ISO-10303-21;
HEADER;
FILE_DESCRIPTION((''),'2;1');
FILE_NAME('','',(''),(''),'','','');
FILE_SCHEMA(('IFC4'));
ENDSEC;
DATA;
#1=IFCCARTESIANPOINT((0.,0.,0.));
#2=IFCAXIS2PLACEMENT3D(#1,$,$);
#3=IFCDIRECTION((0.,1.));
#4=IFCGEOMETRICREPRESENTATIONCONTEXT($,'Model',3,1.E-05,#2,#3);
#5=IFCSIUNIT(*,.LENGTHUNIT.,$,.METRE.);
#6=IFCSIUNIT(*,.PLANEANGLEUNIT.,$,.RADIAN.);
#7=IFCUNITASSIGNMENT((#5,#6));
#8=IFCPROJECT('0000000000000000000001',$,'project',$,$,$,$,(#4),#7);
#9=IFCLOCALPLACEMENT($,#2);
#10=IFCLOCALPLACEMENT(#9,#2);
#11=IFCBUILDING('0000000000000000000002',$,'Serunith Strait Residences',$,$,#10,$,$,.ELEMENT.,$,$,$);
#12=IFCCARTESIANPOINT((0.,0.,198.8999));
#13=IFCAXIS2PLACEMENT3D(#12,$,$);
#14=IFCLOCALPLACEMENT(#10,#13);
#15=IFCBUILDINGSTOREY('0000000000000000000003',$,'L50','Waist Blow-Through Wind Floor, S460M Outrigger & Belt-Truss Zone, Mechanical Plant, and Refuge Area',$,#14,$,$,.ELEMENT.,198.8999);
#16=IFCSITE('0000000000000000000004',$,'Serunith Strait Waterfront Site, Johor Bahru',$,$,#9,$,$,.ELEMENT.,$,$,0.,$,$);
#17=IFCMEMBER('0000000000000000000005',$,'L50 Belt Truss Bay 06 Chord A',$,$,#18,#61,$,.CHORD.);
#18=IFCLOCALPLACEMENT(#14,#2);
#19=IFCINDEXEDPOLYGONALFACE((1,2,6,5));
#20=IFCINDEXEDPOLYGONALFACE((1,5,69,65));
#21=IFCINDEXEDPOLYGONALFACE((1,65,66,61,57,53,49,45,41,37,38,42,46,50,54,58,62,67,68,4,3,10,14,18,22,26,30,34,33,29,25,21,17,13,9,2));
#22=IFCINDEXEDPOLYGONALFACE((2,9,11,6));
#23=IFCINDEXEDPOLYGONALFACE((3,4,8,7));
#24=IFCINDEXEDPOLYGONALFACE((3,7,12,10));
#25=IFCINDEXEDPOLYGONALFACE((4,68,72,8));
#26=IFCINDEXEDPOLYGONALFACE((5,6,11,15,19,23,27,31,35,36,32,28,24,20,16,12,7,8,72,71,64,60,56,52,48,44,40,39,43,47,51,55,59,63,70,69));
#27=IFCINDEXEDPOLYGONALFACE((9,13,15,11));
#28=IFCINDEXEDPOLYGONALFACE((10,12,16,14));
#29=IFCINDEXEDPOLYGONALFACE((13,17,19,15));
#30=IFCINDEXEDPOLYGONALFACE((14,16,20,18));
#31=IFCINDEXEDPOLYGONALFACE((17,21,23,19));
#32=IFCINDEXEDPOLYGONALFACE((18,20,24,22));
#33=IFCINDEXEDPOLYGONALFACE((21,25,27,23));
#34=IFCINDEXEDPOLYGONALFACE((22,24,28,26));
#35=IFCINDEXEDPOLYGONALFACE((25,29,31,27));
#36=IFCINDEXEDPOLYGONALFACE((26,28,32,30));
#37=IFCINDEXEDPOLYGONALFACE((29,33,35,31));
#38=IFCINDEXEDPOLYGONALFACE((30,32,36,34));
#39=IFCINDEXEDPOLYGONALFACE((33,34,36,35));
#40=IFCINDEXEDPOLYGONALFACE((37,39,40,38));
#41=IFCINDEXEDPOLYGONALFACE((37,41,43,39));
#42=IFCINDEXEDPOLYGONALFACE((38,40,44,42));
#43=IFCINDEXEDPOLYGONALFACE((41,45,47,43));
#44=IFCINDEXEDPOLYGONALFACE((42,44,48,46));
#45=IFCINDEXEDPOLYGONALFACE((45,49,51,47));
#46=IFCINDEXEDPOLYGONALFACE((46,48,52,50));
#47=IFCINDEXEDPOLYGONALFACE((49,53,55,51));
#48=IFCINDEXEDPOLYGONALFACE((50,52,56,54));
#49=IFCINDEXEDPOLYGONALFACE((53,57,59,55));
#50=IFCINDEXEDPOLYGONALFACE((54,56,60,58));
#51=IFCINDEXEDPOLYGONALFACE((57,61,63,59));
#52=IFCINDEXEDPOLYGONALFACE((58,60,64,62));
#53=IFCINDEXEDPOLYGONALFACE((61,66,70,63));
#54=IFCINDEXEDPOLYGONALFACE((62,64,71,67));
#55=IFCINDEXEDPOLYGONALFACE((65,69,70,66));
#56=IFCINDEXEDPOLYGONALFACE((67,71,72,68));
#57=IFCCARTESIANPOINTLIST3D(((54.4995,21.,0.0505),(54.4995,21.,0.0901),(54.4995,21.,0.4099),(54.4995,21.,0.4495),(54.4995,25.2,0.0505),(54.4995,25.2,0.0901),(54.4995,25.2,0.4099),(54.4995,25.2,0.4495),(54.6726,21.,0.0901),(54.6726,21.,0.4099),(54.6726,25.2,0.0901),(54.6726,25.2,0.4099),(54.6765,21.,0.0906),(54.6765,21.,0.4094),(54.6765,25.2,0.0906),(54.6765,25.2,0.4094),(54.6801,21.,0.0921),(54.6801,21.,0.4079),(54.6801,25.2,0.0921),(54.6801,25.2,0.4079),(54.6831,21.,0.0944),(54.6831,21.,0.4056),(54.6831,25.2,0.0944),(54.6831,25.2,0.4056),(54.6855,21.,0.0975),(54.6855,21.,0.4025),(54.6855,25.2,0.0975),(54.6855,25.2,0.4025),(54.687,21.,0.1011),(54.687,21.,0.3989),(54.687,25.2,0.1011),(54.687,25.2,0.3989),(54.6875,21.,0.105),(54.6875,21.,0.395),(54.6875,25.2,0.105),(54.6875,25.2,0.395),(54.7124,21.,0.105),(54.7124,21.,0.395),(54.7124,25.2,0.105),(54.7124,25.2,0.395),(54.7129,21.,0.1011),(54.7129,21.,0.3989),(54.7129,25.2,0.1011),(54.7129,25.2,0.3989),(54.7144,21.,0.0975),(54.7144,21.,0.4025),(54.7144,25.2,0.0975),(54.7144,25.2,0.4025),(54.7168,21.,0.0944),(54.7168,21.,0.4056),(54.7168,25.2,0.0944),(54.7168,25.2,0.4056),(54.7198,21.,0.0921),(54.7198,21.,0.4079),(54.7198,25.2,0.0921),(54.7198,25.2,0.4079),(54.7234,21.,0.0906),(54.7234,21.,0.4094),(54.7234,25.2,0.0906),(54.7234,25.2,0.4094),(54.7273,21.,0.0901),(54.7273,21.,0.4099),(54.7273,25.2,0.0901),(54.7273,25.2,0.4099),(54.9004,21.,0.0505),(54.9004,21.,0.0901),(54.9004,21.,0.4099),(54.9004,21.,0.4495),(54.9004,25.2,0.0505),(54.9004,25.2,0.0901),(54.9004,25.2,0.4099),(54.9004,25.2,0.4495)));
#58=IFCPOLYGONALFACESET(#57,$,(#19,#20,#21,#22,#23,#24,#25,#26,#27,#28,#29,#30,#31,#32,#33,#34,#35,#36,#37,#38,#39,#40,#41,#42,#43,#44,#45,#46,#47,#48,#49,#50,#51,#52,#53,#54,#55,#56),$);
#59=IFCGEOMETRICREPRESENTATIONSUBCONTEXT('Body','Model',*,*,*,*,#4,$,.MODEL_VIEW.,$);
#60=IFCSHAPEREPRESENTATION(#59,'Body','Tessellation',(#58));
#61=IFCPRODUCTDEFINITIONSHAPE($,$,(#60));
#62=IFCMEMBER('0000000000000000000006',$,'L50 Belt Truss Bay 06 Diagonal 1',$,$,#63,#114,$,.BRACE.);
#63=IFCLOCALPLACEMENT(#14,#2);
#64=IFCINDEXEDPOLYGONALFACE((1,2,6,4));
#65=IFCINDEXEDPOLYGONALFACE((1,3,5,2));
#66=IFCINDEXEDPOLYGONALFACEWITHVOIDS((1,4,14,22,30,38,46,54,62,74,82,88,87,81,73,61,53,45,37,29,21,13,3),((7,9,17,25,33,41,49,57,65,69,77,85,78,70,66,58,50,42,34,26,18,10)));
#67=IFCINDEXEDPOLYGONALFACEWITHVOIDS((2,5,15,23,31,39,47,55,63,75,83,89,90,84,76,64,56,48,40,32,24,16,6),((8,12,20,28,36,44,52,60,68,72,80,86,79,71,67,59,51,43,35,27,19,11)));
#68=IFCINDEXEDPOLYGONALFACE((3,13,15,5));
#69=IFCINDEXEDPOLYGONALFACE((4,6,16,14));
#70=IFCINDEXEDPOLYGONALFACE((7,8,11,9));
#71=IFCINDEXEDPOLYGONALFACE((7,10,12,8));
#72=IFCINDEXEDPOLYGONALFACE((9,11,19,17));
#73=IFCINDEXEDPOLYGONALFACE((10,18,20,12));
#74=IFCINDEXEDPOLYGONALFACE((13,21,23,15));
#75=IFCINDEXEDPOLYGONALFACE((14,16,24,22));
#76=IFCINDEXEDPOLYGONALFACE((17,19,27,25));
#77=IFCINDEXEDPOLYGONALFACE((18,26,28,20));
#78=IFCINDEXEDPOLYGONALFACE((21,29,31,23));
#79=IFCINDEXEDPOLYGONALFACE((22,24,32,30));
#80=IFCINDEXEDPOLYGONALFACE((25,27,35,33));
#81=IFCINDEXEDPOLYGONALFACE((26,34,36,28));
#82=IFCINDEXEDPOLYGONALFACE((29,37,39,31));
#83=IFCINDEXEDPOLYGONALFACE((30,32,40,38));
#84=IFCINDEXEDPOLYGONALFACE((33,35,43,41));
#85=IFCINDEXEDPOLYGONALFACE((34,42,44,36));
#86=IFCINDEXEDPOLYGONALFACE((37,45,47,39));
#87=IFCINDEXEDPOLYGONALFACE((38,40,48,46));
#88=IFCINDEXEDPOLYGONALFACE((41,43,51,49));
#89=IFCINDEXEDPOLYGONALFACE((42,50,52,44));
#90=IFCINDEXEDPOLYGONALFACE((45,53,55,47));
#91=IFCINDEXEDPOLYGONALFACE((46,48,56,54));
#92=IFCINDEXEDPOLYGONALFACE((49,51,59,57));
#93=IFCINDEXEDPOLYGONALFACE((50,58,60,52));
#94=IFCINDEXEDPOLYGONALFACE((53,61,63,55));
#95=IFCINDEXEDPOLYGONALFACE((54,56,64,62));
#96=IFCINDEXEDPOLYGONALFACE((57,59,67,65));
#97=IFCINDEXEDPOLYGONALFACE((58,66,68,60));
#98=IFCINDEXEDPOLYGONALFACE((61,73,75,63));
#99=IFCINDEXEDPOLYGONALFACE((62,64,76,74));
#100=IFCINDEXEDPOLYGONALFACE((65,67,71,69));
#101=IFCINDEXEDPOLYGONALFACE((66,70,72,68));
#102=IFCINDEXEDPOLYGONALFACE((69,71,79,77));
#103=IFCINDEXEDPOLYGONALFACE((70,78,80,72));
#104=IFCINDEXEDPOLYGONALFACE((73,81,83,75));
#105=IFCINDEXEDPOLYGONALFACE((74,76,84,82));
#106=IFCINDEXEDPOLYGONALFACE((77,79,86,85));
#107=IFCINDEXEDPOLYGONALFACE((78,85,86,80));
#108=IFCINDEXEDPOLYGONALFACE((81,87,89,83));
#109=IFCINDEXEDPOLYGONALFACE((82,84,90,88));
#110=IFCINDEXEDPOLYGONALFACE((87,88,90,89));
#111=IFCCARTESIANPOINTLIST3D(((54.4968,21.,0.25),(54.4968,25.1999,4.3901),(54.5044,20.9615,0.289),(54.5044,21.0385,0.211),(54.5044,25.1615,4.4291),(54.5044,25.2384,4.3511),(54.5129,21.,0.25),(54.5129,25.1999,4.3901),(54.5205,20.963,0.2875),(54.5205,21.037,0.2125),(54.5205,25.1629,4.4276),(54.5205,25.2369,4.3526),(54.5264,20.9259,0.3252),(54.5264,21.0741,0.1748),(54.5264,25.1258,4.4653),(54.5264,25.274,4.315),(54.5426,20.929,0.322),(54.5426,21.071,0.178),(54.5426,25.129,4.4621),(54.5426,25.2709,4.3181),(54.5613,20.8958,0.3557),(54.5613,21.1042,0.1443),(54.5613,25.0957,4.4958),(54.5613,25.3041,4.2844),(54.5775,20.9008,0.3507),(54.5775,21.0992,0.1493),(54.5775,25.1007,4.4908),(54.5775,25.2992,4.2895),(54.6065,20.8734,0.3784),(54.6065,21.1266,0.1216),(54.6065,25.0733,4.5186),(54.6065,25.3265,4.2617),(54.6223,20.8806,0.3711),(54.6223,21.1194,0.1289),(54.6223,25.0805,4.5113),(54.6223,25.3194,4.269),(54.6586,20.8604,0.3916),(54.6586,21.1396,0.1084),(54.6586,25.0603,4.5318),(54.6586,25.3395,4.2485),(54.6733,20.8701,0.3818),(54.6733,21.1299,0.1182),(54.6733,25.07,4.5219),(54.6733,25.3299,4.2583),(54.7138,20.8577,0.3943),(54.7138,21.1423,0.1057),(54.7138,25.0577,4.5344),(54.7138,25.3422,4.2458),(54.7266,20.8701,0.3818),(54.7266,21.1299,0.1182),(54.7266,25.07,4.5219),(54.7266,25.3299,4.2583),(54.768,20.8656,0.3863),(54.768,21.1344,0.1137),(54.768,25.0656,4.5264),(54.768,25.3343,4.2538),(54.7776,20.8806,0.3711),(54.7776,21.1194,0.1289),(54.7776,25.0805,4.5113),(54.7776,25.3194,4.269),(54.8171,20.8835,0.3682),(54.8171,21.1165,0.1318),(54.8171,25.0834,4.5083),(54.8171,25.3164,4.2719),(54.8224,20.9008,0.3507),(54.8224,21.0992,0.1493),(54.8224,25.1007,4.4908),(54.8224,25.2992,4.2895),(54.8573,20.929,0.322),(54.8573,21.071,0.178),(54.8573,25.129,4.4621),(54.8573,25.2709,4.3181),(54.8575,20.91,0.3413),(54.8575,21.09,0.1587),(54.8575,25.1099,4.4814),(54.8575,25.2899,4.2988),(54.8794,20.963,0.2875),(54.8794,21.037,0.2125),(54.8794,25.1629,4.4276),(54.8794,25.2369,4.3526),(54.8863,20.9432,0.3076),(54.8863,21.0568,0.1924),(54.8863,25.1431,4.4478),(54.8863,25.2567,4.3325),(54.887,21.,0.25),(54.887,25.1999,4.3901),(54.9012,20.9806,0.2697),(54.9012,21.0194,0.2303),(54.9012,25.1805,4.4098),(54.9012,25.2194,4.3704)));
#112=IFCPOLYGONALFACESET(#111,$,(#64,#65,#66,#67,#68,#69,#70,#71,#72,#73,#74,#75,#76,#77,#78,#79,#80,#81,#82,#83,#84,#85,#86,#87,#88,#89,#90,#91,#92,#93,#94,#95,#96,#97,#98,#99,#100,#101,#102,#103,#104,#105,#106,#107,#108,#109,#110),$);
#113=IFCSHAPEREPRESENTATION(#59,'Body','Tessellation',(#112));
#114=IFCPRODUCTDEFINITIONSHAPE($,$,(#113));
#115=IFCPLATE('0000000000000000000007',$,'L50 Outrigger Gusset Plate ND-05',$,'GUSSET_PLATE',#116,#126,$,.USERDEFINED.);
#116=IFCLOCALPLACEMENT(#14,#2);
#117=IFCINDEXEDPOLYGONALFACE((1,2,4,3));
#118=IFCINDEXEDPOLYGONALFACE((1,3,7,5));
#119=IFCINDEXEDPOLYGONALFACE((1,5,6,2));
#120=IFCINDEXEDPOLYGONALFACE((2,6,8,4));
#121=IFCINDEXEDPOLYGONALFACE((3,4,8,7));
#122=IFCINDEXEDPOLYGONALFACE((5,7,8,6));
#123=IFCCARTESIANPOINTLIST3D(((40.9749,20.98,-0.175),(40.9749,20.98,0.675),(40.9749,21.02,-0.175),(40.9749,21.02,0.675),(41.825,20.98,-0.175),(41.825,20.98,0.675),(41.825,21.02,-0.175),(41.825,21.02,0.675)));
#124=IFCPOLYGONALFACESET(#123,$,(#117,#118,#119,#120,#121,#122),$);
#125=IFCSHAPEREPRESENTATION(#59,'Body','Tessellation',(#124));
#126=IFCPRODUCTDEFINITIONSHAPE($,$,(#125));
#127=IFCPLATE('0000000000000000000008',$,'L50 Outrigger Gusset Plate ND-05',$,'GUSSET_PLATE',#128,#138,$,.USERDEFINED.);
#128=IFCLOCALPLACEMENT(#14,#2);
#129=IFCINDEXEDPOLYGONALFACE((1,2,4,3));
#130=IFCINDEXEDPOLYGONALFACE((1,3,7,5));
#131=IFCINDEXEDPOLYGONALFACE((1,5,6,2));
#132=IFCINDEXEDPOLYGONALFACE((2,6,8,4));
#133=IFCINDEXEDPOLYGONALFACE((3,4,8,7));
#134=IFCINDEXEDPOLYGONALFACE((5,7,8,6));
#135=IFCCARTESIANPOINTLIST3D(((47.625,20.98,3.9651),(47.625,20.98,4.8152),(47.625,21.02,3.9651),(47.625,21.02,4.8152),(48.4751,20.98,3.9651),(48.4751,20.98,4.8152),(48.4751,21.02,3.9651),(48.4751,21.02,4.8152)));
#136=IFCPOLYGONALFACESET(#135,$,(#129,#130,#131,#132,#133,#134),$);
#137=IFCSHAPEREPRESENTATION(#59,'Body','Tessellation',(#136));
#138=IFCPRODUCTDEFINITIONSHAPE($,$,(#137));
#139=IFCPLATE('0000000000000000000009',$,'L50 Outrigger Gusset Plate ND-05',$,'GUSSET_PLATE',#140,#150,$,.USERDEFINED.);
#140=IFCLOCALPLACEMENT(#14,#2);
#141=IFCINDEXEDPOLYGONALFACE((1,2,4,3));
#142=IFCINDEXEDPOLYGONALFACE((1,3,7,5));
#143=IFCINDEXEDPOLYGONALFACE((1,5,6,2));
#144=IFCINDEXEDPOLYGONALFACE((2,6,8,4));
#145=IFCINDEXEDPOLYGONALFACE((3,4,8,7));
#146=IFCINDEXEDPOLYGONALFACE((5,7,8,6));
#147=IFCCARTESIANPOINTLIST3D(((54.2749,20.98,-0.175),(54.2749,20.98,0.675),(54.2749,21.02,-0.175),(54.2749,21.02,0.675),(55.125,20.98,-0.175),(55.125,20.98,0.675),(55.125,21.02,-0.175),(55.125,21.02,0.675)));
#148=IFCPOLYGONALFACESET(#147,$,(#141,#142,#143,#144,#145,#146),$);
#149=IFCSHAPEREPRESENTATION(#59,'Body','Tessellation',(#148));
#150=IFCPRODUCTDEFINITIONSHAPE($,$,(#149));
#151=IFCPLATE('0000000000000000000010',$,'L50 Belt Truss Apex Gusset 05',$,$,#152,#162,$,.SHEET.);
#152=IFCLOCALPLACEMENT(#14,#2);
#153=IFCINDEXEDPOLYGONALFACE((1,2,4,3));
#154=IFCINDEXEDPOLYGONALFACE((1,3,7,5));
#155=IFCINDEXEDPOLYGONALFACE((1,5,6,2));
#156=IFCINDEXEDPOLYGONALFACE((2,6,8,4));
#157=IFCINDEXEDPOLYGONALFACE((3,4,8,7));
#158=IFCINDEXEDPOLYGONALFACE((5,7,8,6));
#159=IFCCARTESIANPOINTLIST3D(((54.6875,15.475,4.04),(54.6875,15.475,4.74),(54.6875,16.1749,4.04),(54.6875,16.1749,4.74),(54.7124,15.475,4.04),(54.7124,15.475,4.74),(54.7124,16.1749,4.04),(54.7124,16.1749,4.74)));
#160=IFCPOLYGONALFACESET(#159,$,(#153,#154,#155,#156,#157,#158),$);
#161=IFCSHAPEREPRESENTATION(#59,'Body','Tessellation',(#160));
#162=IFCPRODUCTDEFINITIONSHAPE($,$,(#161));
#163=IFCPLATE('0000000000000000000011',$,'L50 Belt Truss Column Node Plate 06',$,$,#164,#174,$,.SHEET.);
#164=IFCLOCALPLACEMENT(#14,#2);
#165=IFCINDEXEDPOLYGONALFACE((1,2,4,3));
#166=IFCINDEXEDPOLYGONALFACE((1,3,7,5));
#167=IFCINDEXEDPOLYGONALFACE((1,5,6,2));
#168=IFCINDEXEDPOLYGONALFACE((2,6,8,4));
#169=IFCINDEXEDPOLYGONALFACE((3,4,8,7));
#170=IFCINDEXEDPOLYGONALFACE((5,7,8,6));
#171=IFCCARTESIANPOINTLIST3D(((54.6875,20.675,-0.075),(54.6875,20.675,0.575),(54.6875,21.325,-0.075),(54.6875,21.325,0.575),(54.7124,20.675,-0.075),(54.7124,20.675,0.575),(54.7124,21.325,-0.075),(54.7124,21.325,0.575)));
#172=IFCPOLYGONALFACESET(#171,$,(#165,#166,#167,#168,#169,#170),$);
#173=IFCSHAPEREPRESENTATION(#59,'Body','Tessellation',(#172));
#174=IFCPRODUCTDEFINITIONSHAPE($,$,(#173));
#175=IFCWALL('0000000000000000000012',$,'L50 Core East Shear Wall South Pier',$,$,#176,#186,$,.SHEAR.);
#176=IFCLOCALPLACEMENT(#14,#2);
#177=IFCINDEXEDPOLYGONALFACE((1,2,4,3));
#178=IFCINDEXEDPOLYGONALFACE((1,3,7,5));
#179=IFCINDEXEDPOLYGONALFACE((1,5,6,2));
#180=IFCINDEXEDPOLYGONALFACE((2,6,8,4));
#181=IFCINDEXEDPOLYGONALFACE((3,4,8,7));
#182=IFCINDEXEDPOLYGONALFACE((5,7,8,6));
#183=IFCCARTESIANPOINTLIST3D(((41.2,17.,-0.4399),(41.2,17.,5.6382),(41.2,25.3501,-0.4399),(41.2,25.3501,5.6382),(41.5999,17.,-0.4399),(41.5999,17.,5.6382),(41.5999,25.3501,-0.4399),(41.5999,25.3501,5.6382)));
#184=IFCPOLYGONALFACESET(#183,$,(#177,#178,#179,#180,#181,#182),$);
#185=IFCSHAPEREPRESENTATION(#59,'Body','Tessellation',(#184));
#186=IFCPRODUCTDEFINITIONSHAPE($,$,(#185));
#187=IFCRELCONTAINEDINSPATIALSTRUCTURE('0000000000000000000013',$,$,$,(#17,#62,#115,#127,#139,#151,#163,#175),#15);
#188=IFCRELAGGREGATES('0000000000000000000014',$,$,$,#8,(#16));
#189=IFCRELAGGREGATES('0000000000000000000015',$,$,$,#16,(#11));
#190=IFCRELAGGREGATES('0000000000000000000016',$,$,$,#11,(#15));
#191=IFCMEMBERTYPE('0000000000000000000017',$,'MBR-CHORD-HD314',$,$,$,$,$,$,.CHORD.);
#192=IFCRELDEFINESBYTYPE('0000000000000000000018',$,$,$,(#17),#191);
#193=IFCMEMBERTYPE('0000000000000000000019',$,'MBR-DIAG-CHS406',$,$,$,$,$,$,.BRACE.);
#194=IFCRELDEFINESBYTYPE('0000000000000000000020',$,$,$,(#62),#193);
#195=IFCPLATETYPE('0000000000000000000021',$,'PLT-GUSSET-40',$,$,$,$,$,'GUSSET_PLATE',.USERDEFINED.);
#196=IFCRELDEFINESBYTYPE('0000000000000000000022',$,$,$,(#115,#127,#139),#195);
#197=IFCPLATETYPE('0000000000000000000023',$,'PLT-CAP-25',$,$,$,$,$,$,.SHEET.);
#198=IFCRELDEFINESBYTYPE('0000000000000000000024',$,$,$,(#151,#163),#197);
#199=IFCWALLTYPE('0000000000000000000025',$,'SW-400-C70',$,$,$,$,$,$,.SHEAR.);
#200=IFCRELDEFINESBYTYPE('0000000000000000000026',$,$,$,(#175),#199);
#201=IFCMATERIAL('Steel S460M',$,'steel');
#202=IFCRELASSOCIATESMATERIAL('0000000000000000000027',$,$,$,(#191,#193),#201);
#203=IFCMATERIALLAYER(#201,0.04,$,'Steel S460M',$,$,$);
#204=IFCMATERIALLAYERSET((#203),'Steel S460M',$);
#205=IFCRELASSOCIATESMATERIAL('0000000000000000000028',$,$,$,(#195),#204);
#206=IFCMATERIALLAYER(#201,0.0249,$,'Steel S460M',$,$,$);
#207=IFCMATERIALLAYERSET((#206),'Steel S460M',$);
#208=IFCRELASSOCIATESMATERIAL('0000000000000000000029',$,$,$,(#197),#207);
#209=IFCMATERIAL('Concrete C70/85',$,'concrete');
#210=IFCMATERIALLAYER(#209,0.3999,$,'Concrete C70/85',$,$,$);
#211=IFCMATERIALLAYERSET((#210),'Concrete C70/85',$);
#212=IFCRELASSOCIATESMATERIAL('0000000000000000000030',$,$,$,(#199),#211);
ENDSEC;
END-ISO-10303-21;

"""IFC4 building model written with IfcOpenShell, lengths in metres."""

from ifc_helpers import new_model, si_unit, direction, frame, frame_2d, origin, origin_2d, place, context, subcontext, project, spatial, rectangle, hollow_circle, i_section, extrude, source, transform, mapped, material, layer, layer_set, material_profile, profile_set, type_object, element, save


model = new_model("IFC4")

# Units and contexts
model_context = context("Model", 3, precision=1e-05, world=origin(), true_north=direction((0.0, 1.0)))
body_context = subcontext(model_context, "Body", "Model", "MODEL_VIEW")
ifc_project = project(units=[si_unit("LENGTHUNIT", "METRE"), si_unit("PLANEANGLEUNIT", "RADIAN")], contexts=[model_context])

# Site, building, storey
site_placement = place(None, origin())
site = spatial("IfcSite", under=ifc_project, at=site_placement, Name="Serunith Strait Waterfront Site, Johor Bahru", CompositionType="ELEMENT", RefElevation=0.0)
building_placement = place(site_placement, origin())
building = spatial("IfcBuilding", under=site, at=building_placement, Name="Serunith Strait Residences", CompositionType="ELEMENT")
storey_placement = place(building_placement, frame((0.0, 0.0, 198.8999)))
storey = spatial("IfcBuildingStorey", under=building, at=storey_placement, Name="L50", Description="Waist Blow-Through Wind Floor, S460M Outrigger & Belt-Truss Zone, Mechanical Plant, and Refuge Area", CompositionType="ELEMENT", Elevation=198.8999)

# Members
ifc_material_1 = material(Name="Steel S460M", Category="steel")
ifc_material_profile_1 = material_profile(ifc_material_1, i_section(OverallWidth=0.4009, OverallDepth=0.3989, WebThickness=0.0249, FlangeThickness=0.0396, FilletRadius=0.0149, at=origin_2d()), Name="HD 400x314")
ifc_profile_set_1 = profile_set([ifc_material_profile_1], Name="Steel S460M")
member_type_1 = type_object("IfcMemberType", Name="MBR-CHORD-HD314", PredefinedType="CHORD", material=ifc_profile_set_1)
ifc_material_profile_2 = material_profile(ifc_material_1, hollow_circle(Radius=0.2031, WallThickness=0.0161, at=origin_2d()), Name="CHS 406.4x16")
ifc_profile_set_2 = profile_set([ifc_material_profile_2], Name="Steel S460M")
member_type_2 = type_object("IfcMemberType", Name="MBR-DIAG-CHS406", PredefinedType="BRACE", material=ifc_profile_set_2)
shared_shape_1 = source(origin(), body_context, "Body", "SweptSolid", [
    extrude(i_section(OverallWidth=0.4009, OverallDepth=0.3989, WebThickness=0.0249, FlangeThickness=0.0396, FilletRadius=0.0149, at=origin_2d()), origin(), (0.0, 0.0, 1.0), 4.2),
])
member_1_placement = place(storey_placement, frame((54.7, 21.0, 0.25), z_axis=(0.0, 1.0, 0.0), x_axis=(-1.0, 0.0, 0.0)))
element("IfcMember", 1, at=member_1_placement, inside=storey, type_object=member_type_1, Name="L50 Belt Truss Bay 06 Chord A", PredefinedType="CHORD", context=body_context, shape_type="MappedRepresentation", body=[
    mapped(shared_shape_1, transform((0.0, 0.0, 0.0), scale=1.0)),
])
shared_shape_2 = source(origin(), body_context, "Body", "SweptSolid", [
    extrude(hollow_circle(Radius=0.2031, WallThickness=0.0161, at=origin_2d()), origin(), (0.0, 0.0, 1.0), 5.8975),
])
member_2_placement = place(storey_placement, frame((54.7, 21.0, 0.25), z_axis=(0.0, 0.71216, 0.702017), x_axis=(-1.0, 0.0, 0.0)))
element("IfcMember", 2, at=member_2_placement, inside=storey, type_object=member_type_2, Name="L50 Belt Truss Bay 06 Diagonal 1", PredefinedType="BRACE", context=body_context, shape_type="MappedRepresentation", body=[
    mapped(shared_shape_2, transform((0.0, 0.0, 0.0), scale=1.0)),
])

# Plates
ifc_layer_1 = layer(ifc_material_1, 0.04, Name="Steel S460M")
ifc_layer_set_1 = layer_set([ifc_layer_1], Name="Steel S460M")
plate_type_1 = type_object("IfcPlateType", Name="PLT-GUSSET-40", ElementType="GUSSET_PLATE", PredefinedType="USERDEFINED", material=ifc_layer_set_1)
shared_shape_3 = source(origin(), body_context, "Body", "SweptSolid", [
    extrude(rectangle(XDim=0.8501, YDim=0.04, at=origin_2d()), origin(), (0.0, 0.0, 1.0), 0.8501),
])
for number, where, z_axis, x_axis, name in (
    (3, (41.3999, 21.0, -0.175), (0.0, 0.0, 1.0), (1.0, 0.0, 0.0), "L50 Outrigger Gusset Plate ND-05"),
    (4, (48.05, 21.0, 3.9651), (0.0, 0.0, 1.0), (1.0, 0.0, 0.0), "L50 Outrigger Gusset Plate ND-05"),
    (5, (54.7, 21.0, -0.175), (0.0, 0.0, 1.0), (1.0, 0.0, 0.0), "L50 Outrigger Gusset Plate ND-05"),
):
    element("IfcPlate", number, at=place(storey_placement, frame(where, z_axis=z_axis, x_axis=x_axis)), inside=storey, type_object=plate_type_1, Name=name, ObjectType="GUSSET_PLATE", PredefinedType="USERDEFINED", context=body_context, shape_type="MappedRepresentation", body=[
        mapped(shared_shape_3, transform((0.0, 0.0, 0.0), scale=1.0)),
    ])
ifc_layer_2 = layer(ifc_material_1, 0.0249, Name="Steel S460M")
ifc_layer_set_2 = layer_set([ifc_layer_2], Name="Steel S460M")
plate_type_2 = type_object("IfcPlateType", Name="PLT-CAP-25", PredefinedType="SHEET", material=ifc_layer_set_2)
shared_shape_4 = source(origin(), body_context, "Body", "SweptSolid", [
    extrude(rectangle(XDim=0.7, YDim=0.0249, at=origin_2d()), origin(), (0.0, 0.0, 1.0), 0.7),
])
plate_1_placement = place(storey_placement, frame((54.7, 15.825, 4.04), z_axis=(0.0, 0.0, 1.0), x_axis=(0.0, 1.0, 0.0)))
element("IfcPlate", 6, at=plate_1_placement, inside=storey, type_object=plate_type_2, Name="L50 Belt Truss Apex Gusset 05", PredefinedType="SHEET", context=body_context, shape_type="MappedRepresentation", body=[
    mapped(shared_shape_4, transform((0.0, 0.0, 0.0), scale=1.0)),
])
shared_shape_5 = source(origin(), body_context, "Body", "SweptSolid", [
    extrude(rectangle(XDim=0.6499, YDim=0.0249, at=origin_2d()), origin(), (0.0, 0.0, 1.0), 0.6499),
])
plate_2_placement = place(storey_placement, frame((54.7, 21.0, -0.075), z_axis=(0.0, 0.0, 1.0), x_axis=(0.0, 1.0, 0.0)))
element("IfcPlate", 7, at=plate_2_placement, inside=storey, type_object=plate_type_2, Name="L50 Belt Truss Column Node Plate 06", PredefinedType="SHEET", context=body_context, shape_type="MappedRepresentation", body=[
    mapped(shared_shape_5, transform((0.0, 0.0, 0.0), scale=1.0)),
])

# Wall
ifc_material_2 = material(Name="Concrete C70/85", Category="concrete")
ifc_layer_3 = layer(ifc_material_2, 0.3999, Name="Concrete C70/85")
ifc_layer_set_3 = layer_set([ifc_layer_3], Name="Concrete C70/85")
wall_type = type_object("IfcWallType", Name="SW-400-C70", PredefinedType="SHEAR", material=ifc_layer_set_3)
wall_placement = place(storey_placement, frame((41.3999, 17.0, -0.4399), z_axis=(0.0, 0.0, 1.0), x_axis=(0.0, 1.0, 0.0)))
element("IfcWall", 8, at=wall_placement, inside=storey, type_object=wall_type, Name="L50 Core East Shear Wall South Pier", PredefinedType="SHEAR", context=body_context, shape_type="SweptSolid", body=[
    extrude(rectangle(XDim=8.3501, YDim=0.3999, at=frame_2d((4.175, 0.0))), origin(), (0.0, 0.0, 1.0), 6.0781),
])

save(model, "model.ifc")
